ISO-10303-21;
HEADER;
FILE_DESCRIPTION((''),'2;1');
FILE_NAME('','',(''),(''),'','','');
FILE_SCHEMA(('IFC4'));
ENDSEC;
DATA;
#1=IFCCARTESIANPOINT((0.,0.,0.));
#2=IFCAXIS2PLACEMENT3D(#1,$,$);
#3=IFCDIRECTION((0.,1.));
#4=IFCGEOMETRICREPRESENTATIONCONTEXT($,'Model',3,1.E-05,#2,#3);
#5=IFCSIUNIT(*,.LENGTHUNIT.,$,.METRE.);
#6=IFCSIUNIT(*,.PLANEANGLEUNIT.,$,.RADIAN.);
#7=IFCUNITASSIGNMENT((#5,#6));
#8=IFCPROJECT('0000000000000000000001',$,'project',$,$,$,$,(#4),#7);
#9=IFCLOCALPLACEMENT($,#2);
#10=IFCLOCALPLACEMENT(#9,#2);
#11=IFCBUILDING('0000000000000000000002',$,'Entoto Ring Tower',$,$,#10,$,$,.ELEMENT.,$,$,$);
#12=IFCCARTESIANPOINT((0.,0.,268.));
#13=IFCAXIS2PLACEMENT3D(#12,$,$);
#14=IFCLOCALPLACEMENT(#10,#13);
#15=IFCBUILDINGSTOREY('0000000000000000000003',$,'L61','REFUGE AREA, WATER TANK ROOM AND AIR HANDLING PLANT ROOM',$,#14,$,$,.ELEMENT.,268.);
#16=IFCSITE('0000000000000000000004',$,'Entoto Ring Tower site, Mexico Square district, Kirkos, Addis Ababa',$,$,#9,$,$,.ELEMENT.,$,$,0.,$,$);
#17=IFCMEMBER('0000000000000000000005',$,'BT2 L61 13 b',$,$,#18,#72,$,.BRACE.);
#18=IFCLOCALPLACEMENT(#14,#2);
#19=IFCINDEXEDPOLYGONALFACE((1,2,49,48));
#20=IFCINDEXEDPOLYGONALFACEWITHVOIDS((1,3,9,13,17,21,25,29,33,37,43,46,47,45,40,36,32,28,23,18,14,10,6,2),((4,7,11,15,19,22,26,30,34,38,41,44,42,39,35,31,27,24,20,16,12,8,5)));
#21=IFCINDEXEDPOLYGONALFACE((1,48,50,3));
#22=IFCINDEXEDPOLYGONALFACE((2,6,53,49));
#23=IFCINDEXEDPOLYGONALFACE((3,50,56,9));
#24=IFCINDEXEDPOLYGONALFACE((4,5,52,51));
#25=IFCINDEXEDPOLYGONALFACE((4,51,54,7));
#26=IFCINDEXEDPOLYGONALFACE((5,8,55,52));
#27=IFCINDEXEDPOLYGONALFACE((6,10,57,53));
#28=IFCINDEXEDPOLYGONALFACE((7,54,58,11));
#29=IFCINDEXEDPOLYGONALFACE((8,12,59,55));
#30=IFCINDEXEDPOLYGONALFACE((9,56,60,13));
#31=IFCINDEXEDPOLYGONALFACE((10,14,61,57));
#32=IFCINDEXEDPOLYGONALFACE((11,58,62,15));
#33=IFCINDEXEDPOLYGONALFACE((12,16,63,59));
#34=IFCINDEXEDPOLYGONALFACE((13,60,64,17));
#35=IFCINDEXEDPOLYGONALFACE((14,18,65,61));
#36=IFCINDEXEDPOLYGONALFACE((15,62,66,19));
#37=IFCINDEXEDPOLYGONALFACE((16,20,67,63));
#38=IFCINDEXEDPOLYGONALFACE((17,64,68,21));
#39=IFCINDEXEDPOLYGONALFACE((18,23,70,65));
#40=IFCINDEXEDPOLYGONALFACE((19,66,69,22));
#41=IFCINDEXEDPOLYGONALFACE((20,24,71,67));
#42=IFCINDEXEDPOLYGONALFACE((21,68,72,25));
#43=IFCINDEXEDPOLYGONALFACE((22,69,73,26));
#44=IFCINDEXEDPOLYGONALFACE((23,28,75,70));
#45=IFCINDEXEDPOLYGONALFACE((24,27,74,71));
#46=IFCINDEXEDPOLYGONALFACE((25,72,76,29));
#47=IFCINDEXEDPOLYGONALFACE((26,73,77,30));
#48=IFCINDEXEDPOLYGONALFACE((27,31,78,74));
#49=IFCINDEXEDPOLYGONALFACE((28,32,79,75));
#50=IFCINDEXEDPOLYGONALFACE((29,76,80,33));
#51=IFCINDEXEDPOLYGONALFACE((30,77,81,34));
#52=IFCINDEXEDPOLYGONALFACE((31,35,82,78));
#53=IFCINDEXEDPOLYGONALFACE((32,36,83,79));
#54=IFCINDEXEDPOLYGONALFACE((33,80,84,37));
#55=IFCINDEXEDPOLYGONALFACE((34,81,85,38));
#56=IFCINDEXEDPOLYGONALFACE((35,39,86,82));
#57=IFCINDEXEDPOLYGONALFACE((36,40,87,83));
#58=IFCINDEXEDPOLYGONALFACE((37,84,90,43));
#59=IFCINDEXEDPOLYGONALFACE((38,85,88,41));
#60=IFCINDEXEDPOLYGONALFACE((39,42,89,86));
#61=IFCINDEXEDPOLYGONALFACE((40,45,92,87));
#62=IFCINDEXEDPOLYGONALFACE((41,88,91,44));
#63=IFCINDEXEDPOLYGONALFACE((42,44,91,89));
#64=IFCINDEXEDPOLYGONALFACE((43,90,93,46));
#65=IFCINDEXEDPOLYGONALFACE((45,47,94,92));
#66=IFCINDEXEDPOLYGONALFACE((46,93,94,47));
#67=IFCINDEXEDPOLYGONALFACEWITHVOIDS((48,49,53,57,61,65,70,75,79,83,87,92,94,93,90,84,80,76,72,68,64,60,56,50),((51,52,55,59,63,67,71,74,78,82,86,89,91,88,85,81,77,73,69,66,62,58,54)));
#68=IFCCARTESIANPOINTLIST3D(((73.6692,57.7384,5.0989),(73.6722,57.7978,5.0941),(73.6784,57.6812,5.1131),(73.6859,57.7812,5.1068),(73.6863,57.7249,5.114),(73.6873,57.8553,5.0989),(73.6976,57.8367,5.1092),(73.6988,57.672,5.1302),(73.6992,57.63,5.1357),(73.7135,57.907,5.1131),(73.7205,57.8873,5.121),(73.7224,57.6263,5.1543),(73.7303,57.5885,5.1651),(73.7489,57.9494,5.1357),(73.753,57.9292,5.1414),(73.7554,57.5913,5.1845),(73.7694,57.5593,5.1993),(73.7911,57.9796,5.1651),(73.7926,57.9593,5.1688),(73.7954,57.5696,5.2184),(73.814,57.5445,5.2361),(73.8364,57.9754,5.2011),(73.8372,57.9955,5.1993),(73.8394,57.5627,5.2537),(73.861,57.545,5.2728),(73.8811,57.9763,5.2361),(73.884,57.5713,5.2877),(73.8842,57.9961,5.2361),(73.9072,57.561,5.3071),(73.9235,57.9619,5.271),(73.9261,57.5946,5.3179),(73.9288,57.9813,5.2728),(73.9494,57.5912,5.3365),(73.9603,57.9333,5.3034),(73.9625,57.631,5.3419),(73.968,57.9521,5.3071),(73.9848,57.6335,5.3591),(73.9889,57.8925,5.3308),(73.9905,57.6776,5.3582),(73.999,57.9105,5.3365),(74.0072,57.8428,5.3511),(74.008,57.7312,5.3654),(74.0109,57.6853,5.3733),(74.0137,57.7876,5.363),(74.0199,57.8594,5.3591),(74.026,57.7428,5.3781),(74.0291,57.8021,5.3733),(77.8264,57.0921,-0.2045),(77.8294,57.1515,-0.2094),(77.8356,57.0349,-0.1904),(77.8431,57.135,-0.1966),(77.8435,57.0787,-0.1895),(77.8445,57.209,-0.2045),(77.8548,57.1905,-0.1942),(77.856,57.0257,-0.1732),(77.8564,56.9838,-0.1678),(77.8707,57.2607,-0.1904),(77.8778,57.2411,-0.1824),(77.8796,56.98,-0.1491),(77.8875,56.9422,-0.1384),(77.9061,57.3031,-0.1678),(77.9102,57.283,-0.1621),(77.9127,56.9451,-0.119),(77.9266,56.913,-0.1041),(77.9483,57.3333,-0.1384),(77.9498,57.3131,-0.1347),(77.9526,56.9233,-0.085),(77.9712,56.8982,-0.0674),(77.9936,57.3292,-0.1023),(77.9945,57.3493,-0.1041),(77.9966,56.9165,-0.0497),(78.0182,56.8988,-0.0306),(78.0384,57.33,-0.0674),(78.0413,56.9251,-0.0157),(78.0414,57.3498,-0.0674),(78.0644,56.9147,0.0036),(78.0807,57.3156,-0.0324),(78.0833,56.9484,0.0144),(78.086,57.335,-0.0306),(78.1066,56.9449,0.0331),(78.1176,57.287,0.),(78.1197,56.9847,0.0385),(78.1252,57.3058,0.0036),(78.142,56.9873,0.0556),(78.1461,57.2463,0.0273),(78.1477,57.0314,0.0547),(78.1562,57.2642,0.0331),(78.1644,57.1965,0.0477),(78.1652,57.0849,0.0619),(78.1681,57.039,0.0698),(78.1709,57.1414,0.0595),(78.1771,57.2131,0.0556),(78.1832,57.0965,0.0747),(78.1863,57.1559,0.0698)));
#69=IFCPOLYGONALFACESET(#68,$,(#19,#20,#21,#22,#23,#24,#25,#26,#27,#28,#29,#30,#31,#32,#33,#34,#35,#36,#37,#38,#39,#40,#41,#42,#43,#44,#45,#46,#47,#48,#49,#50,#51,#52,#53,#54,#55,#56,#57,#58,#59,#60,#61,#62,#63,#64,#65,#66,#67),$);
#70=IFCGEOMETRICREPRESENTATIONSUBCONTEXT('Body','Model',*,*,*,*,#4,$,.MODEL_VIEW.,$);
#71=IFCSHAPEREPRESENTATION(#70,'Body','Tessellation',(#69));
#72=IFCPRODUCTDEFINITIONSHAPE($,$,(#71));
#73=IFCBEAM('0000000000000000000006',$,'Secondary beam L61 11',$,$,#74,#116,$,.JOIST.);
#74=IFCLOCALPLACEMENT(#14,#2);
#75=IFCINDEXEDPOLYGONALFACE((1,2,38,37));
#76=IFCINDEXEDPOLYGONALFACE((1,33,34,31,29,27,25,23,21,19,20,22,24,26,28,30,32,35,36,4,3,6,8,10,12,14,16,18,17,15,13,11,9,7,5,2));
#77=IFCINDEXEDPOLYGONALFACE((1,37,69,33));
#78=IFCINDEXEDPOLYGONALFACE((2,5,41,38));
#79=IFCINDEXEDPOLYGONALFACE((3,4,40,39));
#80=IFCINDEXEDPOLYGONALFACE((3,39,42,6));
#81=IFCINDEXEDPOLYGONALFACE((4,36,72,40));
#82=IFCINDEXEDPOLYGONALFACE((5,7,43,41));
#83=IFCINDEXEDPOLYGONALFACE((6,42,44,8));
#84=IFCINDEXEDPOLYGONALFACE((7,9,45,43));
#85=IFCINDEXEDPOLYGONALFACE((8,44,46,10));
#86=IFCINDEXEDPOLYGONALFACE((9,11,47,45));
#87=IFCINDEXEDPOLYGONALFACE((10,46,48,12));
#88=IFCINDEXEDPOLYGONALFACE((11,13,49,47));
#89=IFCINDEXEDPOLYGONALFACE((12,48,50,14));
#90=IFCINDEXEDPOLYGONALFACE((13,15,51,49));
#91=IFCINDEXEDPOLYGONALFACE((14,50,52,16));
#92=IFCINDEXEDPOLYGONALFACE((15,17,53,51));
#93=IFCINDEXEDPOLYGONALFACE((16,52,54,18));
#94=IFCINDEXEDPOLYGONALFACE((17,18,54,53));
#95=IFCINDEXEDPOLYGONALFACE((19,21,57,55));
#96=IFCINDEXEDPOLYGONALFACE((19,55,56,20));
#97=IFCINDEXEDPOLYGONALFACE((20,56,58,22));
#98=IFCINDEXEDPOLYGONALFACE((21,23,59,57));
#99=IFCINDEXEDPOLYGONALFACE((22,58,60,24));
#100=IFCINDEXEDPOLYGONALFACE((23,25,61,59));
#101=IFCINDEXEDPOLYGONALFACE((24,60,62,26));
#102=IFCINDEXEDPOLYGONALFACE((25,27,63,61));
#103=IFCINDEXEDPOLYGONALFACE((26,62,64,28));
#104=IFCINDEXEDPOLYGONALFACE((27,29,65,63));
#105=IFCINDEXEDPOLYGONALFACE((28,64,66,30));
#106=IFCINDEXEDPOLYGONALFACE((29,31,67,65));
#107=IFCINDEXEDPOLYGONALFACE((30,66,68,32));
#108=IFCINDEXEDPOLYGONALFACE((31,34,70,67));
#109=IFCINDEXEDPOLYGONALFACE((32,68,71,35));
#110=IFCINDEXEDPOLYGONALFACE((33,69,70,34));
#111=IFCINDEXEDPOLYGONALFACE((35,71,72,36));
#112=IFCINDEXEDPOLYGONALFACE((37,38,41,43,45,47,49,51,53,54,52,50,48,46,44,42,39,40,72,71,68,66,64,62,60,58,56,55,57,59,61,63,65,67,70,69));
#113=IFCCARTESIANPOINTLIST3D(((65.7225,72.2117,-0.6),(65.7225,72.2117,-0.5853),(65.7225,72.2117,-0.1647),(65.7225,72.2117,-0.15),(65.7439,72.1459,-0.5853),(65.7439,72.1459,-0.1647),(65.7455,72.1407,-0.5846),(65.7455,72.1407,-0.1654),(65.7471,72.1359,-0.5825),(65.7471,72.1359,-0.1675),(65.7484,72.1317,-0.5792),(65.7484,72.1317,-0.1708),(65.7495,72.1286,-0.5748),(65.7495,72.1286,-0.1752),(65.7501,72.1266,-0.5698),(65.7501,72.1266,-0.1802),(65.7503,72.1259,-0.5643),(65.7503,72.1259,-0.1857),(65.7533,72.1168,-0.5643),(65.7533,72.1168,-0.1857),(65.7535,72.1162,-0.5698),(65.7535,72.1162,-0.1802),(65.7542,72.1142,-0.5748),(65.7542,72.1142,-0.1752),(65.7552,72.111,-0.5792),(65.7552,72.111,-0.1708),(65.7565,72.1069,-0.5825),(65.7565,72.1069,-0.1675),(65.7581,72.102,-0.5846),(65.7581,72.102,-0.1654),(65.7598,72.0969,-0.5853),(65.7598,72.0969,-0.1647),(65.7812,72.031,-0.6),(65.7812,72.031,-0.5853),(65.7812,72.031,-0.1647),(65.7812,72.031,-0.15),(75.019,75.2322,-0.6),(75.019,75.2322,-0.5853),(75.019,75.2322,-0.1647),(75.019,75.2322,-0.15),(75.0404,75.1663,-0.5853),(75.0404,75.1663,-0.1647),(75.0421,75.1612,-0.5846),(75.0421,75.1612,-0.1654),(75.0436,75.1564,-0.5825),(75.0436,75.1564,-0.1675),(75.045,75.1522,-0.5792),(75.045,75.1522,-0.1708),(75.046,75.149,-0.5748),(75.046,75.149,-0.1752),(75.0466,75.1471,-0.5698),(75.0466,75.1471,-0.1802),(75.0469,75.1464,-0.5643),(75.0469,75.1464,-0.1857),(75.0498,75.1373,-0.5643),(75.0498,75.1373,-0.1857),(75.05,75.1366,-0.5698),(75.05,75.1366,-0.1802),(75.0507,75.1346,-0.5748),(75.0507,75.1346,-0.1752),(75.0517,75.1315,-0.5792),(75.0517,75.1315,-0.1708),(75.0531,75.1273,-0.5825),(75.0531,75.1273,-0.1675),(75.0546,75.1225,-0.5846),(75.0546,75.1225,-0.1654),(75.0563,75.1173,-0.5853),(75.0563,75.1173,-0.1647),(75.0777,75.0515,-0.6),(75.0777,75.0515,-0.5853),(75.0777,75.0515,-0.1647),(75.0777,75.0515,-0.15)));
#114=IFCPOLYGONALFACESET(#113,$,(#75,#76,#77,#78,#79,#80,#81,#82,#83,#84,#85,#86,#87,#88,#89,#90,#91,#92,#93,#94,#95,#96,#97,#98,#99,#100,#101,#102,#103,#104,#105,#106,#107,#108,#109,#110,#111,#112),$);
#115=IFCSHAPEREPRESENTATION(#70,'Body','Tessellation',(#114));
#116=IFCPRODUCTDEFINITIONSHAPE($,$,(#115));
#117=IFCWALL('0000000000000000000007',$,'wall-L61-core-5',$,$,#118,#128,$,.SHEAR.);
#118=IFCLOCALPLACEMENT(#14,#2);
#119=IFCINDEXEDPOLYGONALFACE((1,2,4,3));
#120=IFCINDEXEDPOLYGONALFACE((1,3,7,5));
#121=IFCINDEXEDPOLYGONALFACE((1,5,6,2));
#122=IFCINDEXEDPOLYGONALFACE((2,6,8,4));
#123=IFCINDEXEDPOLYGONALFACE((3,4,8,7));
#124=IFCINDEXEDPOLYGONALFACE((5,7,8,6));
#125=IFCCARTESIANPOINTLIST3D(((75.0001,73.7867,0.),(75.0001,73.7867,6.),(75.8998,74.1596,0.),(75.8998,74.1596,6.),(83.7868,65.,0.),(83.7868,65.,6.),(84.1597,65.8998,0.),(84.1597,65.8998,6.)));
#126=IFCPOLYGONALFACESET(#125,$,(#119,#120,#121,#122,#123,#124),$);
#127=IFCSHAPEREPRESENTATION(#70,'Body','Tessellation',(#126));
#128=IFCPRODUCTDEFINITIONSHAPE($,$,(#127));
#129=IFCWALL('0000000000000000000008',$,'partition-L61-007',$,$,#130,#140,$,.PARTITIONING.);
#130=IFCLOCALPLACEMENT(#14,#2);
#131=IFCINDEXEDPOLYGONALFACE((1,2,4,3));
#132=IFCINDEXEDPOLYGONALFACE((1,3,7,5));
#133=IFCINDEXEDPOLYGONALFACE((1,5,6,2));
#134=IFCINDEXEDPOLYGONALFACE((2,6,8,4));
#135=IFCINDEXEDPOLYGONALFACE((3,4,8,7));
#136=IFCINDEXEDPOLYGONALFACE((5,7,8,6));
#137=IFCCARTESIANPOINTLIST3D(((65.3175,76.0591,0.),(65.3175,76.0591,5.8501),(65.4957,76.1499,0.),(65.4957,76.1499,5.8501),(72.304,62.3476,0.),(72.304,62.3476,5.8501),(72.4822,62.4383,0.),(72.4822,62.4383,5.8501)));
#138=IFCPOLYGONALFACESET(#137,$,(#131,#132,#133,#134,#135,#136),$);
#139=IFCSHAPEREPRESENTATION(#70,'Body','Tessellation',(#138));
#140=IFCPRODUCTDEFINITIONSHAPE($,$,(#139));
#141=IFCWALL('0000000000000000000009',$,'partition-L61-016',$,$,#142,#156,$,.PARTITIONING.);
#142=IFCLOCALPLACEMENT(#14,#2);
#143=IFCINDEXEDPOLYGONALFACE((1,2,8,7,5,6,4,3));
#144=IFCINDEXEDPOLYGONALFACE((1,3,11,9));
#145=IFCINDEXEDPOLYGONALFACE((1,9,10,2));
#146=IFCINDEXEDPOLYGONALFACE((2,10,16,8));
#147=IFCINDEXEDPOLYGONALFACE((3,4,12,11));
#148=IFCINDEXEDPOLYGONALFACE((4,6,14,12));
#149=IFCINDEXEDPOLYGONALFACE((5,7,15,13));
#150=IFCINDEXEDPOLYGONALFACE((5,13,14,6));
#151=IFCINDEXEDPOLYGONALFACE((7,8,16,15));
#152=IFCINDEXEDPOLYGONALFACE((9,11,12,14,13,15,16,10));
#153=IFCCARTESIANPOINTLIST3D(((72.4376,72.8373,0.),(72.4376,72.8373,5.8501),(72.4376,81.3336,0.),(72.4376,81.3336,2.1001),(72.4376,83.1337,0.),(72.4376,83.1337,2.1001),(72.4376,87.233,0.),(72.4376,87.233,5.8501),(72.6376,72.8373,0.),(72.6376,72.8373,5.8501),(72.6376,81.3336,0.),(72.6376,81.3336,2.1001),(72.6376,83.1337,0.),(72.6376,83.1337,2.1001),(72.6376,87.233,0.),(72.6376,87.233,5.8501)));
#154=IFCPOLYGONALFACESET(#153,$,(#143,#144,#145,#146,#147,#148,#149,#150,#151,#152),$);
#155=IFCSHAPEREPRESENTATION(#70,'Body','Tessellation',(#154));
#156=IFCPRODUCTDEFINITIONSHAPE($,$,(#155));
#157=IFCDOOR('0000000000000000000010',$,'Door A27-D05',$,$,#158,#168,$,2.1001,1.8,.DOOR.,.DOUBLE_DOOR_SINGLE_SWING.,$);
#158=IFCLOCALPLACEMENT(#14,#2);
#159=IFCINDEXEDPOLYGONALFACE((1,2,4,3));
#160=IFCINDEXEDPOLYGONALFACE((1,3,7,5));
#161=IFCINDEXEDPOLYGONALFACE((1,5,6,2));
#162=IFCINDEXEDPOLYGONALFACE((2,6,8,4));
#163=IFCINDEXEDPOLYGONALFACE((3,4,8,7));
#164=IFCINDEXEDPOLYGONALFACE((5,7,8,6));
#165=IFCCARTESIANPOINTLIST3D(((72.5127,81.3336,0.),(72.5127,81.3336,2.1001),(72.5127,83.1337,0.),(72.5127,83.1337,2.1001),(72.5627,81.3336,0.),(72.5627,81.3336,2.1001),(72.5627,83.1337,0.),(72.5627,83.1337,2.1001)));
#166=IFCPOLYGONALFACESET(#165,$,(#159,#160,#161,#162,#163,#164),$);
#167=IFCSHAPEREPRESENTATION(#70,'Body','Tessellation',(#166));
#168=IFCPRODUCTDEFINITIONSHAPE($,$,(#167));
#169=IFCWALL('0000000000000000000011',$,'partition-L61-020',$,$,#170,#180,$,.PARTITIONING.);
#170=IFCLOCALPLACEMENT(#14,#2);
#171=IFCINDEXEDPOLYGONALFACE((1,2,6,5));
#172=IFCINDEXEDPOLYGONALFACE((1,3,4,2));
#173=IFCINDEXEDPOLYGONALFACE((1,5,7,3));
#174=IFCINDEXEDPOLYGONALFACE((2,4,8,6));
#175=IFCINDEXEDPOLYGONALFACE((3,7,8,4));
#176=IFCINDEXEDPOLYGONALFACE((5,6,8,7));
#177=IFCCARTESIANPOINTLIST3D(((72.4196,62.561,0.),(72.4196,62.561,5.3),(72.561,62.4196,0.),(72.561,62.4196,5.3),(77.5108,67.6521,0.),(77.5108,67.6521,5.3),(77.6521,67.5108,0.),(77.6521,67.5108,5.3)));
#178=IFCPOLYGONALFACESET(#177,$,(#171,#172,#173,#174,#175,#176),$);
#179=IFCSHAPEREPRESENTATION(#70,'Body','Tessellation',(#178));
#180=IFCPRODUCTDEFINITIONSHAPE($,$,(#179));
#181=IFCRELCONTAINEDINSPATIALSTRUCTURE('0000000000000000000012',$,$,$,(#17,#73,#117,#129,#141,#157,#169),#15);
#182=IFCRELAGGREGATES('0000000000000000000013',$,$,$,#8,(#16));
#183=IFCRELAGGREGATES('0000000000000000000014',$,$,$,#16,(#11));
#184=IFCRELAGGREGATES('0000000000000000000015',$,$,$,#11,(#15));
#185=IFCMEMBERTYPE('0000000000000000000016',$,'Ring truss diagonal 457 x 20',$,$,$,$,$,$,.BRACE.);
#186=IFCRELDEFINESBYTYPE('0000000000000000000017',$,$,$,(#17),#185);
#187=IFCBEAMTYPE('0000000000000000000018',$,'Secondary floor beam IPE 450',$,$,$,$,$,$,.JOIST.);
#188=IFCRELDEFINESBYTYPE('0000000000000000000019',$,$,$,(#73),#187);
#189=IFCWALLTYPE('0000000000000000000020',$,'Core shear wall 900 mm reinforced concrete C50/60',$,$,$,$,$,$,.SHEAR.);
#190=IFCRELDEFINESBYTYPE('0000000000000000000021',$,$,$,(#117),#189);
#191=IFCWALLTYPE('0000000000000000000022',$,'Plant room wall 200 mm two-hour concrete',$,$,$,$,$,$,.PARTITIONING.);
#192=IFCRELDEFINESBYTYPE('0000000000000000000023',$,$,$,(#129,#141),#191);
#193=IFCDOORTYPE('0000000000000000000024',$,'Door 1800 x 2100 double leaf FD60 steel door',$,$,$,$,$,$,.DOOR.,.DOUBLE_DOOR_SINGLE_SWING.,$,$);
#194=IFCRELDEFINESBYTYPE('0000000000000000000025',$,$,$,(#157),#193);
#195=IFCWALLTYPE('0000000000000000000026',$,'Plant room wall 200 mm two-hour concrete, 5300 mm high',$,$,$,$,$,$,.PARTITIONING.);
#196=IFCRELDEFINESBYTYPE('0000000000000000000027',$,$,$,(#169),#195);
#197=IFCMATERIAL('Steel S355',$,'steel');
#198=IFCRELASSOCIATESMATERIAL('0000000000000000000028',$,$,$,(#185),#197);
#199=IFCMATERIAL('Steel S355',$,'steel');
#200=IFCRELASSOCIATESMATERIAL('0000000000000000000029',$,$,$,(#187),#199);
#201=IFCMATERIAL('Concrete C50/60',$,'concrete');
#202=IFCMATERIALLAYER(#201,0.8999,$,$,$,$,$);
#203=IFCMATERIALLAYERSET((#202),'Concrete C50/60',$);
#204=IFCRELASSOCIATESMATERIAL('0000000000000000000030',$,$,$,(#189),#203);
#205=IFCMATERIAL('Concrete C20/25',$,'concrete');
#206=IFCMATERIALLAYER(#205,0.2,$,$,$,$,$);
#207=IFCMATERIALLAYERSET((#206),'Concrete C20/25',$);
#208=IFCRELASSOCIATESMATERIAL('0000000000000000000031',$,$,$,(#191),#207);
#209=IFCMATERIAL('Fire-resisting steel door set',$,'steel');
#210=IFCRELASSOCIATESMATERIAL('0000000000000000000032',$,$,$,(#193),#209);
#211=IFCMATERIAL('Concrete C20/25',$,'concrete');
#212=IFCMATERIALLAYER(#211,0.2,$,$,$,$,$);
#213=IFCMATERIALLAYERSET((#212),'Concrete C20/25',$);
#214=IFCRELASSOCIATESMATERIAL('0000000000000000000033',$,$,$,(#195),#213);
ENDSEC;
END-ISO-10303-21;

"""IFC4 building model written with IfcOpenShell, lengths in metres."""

from ifc_helpers import new_model, si_unit, direction, frame, frame_2d, origin, origin_2d, place, context, subcontext, project, spatial, polyline, rectangle, circle, hollow_circle, i_section, outline, extrude, material, layer, layer_set, material_profile, profile_set, type_object, element, fill, save


model = new_model("IFC4")

# Units and contexts
model_context = context("Model", 3, precision=1e-05, world=origin(), true_north=direction((0.0, 1.0)))
body_context = subcontext(model_context, "Body", "Model", "MODEL_VIEW")
ifc_project = project(units=[si_unit("LENGTHUNIT", "METRE"), si_unit("PLANEANGLEUNIT", "RADIAN")], contexts=[model_context])

# Site, building, storey
site_placement = place(None, origin())
site = spatial("IfcSite", under=ifc_project, at=site_placement, Name="Entoto Ring Tower site, Mexico Square district, Kirkos, Addis Ababa", CompositionType="ELEMENT", RefElevation=0.0)
building_placement = place(site_placement, origin())
building = spatial("IfcBuilding", under=site, at=building_placement, Name="Entoto Ring Tower", CompositionType="ELEMENT")
storey_placement = place(building_placement, frame((0.0, 0.0, 268.0)))
storey = spatial("IfcBuildingStorey", under=building, at=storey_placement, Name="L61", Description="REFUGE AREA, WATER TANK ROOM AND AIR HANDLING PLANT ROOM", CompositionType="ELEMENT", Elevation=268.0)

# Member
ifc_material_1 = material(Name="Steel S355", Category="steel")
ifc_material_profile_1 = material_profile(ifc_material_1, hollow_circle(Radius=0.2285, WallThickness=0.02, at=origin_2d()), Name="CHS 457 x 20")
ifc_material_2 = material(Name="Concrete C60/75", Category="concrete")
ifc_material_profile_2 = material_profile(ifc_material_2, circle(Radius=0.2085, at=origin_2d()), Name="Concrete C60/75 infill")
ifc_profile_set_1 = profile_set([ifc_material_profile_1, ifc_material_profile_2], Name="Steel S355")
member_type_1 = type_object("IfcMemberType", Name="Ring truss diagonal 457 x 20", PredefinedType="BRACE", material=ifc_profile_set_1)
for number, where, z_axis, x_axis, name in (
    (1, (73.8491, 57.7703, 5.2361), (0.614106, -0.095463, -0.783429), (0.153605, 0.988132, 0.0), "BT2 L61 13 b"),
):
    element("IfcMember", number, at=place(storey_placement, frame(where, z_axis=z_axis, x_axis=x_axis)), inside=storey, type_object=member_type_1, Name=name, PredefinedType="BRACE", context=body_context, shape_type="SweptSolid", body=[
        extrude(hollow_circle(Radius=0.2285, WallThickness=0.02, at=origin_2d()), origin(), (0.0, 0.0, 1.0), 6.7695),
    ])

# Beam
ifc_material_3 = material(Name="Steel S355", Category="steel")
ifc_material_profile_3 = material_profile(ifc_material_3, i_section(OverallWidth=0.1899, OverallDepth=0.45, WebThickness=0.0095, FlangeThickness=0.0146, FilletRadius=0.021, at=origin_2d()), Name="IPE 450")
ifc_profile_set_2 = profile_set([ifc_material_profile_3], Name="Steel S355")
beam_type_1 = type_object("IfcBeamType", Name="Secondary floor beam IPE 450", PredefinedType="JOIST", material=ifc_profile_set_2)
beam_1_placement = place(storey_placement, frame((75.0483, 75.1418, -0.375), z_axis=(-0.951061, -0.309003, 0.0), x_axis=(0.309003, -0.951061, 0.0)))
element("IfcBeam", 2, at=beam_1_placement, inside=storey, type_object=beam_type_1, Name="Secondary beam L61 11", PredefinedType="JOIST", context=body_context, shape_type="SweptSolid", body=[
    extrude(i_section(OverallWidth=0.1899, OverallDepth=0.45, WebThickness=0.0095, FlangeThickness=0.0146, FilletRadius=0.021, at=origin_2d()), origin(), (0.0, 0.0, 1.0), 9.7749),
])

# Walls
ifc_material_4 = material(Name="Concrete C50/60", Category="concrete")
ifc_layer_1 = layer(ifc_material_4, 0.8999)
ifc_layer_set_1 = layer_set([ifc_layer_1], Name="Concrete C50/60")
wall_type_1 = type_object("IfcWallType", Name="Core shear wall 900 mm reinforced concrete C50/60", PredefinedType="SHEAR", material=ifc_layer_set_1)
wall_1_placement = place(storey_placement, frame((75.45, 73.9731, 0.0), z_axis=(0.0, 0.0, 1.0), x_axis=(0.707107, -0.707107, 0.0)))
element("IfcWall", 3, at=wall_1_placement, inside=storey, type_object=wall_type_1, Name="wall-L61-core-5", PredefinedType="SHEAR", context=body_context, shape_type="SweptSolid", body=[
    extrude(outline(polyline([(-0.1863, -0.45), (12.24, -0.45), (11.8674, 0.45), (0.1863, 0.45), (-0.1863, -0.45)])), origin(), (0.0, 0.0, 1.0), 6.0),
])
ifc_material_5 = material(Name="Concrete C20/25", Category="concrete")
ifc_layer_2 = layer(ifc_material_5, 0.2)
ifc_layer_set_2 = layer_set([ifc_layer_2], Name="Concrete C20/25")
wall_type_2 = type_object("IfcWallType", Name="Plant room wall 200 mm two-hour concrete", PredefinedType="PARTITIONING", material=ifc_layer_set_2)
wall_2_placement = place(storey_placement, frame((72.3931, 62.3931, 0.0), z_axis=(0.0, 0.0, 1.0), x_axis=(-0.453997, 0.891003, 0.0)))
element("IfcWall", 4, at=wall_2_placement, inside=storey, type_object=wall_type_2, Name="partition-L61-007", PredefinedType="PARTITIONING", context=body_context, shape_type="SweptSolid", body=[
    extrude(rectangle(XDim=15.3889, YDim=0.2, at=frame_2d((7.6943, 0.0))), origin(), (0.0, 0.0, 1.0), 5.8501),
])

# Wall, opening, door
wall_3_placement = place(storey_placement, frame((72.5376, 72.8374, 0.0), z_axis=(0.0, 0.0, 1.0), x_axis=(0.0, 1.0, 0.0)))
wall_3 = element("IfcWall", 5, at=wall_3_placement, inside=storey, type_object=wall_type_2, Name="partition-L61-016", PredefinedType="PARTITIONING", context=body_context, shape_type="SweptSolid", body=[
    extrude(rectangle(XDim=14.3958, YDim=0.2, at=frame_2d((7.1978, 0.0))), origin(), (0.0, 0.0, 1.0), 5.8501),
])
opening_placement = place(wall_3_placement, frame((8.4963, 0.0, 0.0)))
opening = element("IfcOpeningElement", 6, at=opening_placement, cuts=wall_3, PredefinedType="OPENING", context=body_context, shape_type="SweptSolid", body=[
    extrude(rectangle(XDim=1.8, YDim=2.1001, at=frame_2d((0.8999, 1.05))), frame((0.0, 0.1099, 0.0), z_axis=(0.0, -1.0, 0.0), x_axis=(1.0, 0.0, 0.0)), (0.0, 0.0, 1.0), 0.22),
])
ifc_material_6 = material(Name="Fire-resisting steel door set", Category="steel")
door_type = type_object("IfcDoorType", Name="Door 1800 x 2100 double leaf FD60 steel door", OperationType="DOUBLE_DOOR_SINGLE_SWING", PredefinedType="DOOR", material=ifc_material_6)
door_placement = place(opening_placement, origin())
door = element("IfcDoor", 7, at=door_placement, inside=storey, type_object=door_type, Name="Door A27-D05", OperationType="DOUBLE_DOOR_SINGLE_SWING", OverallHeight=2.1001, OverallWidth=1.8, PredefinedType="DOOR", context=body_context, shape_type="SweptSolid", body=[
    extrude(rectangle(XDim=1.8, YDim=2.1001, at=frame_2d((0.8999, 1.05))), frame((0.0, 0.0249, 0.0), z_axis=(0.0, -1.0, 0.0), x_axis=(1.0, 0.0, 0.0)), (0.0, 0.0, 1.0), 0.05),
])
fill(opening, door)

# Wall
ifc_material_7 = material(Name="Concrete C20/25", Category="concrete")
ifc_layer_3 = layer(ifc_material_7, 0.2)
ifc_layer_set_3 = layer_set([ifc_layer_3], Name="Concrete C20/25")
wall_type_3 = type_object("IfcWallType", Name="Plant room wall 200 mm two-hour concrete, 5300 mm high", PredefinedType="PARTITIONING", material=ifc_layer_set_3)
wall_4_placement = place(storey_placement, frame((72.4902, 62.4902, 0.0), z_axis=(0.0, 0.0, 1.0), x_axis=(0.707107, 0.707107, 0.0)))
element("IfcWall", 8, at=wall_4_placement, inside=storey, type_object=wall_type_3, Name="partition-L61-020", PredefinedType="PARTITIONING", context=body_context, shape_type="SweptSolid", body=[
    extrude(rectangle(XDim=7.2, YDim=0.2, at=frame_2d((3.6001, 0.0))), origin(), (0.0, 0.0, 1.0), 5.3),
])

save(model, "model.ifc")
